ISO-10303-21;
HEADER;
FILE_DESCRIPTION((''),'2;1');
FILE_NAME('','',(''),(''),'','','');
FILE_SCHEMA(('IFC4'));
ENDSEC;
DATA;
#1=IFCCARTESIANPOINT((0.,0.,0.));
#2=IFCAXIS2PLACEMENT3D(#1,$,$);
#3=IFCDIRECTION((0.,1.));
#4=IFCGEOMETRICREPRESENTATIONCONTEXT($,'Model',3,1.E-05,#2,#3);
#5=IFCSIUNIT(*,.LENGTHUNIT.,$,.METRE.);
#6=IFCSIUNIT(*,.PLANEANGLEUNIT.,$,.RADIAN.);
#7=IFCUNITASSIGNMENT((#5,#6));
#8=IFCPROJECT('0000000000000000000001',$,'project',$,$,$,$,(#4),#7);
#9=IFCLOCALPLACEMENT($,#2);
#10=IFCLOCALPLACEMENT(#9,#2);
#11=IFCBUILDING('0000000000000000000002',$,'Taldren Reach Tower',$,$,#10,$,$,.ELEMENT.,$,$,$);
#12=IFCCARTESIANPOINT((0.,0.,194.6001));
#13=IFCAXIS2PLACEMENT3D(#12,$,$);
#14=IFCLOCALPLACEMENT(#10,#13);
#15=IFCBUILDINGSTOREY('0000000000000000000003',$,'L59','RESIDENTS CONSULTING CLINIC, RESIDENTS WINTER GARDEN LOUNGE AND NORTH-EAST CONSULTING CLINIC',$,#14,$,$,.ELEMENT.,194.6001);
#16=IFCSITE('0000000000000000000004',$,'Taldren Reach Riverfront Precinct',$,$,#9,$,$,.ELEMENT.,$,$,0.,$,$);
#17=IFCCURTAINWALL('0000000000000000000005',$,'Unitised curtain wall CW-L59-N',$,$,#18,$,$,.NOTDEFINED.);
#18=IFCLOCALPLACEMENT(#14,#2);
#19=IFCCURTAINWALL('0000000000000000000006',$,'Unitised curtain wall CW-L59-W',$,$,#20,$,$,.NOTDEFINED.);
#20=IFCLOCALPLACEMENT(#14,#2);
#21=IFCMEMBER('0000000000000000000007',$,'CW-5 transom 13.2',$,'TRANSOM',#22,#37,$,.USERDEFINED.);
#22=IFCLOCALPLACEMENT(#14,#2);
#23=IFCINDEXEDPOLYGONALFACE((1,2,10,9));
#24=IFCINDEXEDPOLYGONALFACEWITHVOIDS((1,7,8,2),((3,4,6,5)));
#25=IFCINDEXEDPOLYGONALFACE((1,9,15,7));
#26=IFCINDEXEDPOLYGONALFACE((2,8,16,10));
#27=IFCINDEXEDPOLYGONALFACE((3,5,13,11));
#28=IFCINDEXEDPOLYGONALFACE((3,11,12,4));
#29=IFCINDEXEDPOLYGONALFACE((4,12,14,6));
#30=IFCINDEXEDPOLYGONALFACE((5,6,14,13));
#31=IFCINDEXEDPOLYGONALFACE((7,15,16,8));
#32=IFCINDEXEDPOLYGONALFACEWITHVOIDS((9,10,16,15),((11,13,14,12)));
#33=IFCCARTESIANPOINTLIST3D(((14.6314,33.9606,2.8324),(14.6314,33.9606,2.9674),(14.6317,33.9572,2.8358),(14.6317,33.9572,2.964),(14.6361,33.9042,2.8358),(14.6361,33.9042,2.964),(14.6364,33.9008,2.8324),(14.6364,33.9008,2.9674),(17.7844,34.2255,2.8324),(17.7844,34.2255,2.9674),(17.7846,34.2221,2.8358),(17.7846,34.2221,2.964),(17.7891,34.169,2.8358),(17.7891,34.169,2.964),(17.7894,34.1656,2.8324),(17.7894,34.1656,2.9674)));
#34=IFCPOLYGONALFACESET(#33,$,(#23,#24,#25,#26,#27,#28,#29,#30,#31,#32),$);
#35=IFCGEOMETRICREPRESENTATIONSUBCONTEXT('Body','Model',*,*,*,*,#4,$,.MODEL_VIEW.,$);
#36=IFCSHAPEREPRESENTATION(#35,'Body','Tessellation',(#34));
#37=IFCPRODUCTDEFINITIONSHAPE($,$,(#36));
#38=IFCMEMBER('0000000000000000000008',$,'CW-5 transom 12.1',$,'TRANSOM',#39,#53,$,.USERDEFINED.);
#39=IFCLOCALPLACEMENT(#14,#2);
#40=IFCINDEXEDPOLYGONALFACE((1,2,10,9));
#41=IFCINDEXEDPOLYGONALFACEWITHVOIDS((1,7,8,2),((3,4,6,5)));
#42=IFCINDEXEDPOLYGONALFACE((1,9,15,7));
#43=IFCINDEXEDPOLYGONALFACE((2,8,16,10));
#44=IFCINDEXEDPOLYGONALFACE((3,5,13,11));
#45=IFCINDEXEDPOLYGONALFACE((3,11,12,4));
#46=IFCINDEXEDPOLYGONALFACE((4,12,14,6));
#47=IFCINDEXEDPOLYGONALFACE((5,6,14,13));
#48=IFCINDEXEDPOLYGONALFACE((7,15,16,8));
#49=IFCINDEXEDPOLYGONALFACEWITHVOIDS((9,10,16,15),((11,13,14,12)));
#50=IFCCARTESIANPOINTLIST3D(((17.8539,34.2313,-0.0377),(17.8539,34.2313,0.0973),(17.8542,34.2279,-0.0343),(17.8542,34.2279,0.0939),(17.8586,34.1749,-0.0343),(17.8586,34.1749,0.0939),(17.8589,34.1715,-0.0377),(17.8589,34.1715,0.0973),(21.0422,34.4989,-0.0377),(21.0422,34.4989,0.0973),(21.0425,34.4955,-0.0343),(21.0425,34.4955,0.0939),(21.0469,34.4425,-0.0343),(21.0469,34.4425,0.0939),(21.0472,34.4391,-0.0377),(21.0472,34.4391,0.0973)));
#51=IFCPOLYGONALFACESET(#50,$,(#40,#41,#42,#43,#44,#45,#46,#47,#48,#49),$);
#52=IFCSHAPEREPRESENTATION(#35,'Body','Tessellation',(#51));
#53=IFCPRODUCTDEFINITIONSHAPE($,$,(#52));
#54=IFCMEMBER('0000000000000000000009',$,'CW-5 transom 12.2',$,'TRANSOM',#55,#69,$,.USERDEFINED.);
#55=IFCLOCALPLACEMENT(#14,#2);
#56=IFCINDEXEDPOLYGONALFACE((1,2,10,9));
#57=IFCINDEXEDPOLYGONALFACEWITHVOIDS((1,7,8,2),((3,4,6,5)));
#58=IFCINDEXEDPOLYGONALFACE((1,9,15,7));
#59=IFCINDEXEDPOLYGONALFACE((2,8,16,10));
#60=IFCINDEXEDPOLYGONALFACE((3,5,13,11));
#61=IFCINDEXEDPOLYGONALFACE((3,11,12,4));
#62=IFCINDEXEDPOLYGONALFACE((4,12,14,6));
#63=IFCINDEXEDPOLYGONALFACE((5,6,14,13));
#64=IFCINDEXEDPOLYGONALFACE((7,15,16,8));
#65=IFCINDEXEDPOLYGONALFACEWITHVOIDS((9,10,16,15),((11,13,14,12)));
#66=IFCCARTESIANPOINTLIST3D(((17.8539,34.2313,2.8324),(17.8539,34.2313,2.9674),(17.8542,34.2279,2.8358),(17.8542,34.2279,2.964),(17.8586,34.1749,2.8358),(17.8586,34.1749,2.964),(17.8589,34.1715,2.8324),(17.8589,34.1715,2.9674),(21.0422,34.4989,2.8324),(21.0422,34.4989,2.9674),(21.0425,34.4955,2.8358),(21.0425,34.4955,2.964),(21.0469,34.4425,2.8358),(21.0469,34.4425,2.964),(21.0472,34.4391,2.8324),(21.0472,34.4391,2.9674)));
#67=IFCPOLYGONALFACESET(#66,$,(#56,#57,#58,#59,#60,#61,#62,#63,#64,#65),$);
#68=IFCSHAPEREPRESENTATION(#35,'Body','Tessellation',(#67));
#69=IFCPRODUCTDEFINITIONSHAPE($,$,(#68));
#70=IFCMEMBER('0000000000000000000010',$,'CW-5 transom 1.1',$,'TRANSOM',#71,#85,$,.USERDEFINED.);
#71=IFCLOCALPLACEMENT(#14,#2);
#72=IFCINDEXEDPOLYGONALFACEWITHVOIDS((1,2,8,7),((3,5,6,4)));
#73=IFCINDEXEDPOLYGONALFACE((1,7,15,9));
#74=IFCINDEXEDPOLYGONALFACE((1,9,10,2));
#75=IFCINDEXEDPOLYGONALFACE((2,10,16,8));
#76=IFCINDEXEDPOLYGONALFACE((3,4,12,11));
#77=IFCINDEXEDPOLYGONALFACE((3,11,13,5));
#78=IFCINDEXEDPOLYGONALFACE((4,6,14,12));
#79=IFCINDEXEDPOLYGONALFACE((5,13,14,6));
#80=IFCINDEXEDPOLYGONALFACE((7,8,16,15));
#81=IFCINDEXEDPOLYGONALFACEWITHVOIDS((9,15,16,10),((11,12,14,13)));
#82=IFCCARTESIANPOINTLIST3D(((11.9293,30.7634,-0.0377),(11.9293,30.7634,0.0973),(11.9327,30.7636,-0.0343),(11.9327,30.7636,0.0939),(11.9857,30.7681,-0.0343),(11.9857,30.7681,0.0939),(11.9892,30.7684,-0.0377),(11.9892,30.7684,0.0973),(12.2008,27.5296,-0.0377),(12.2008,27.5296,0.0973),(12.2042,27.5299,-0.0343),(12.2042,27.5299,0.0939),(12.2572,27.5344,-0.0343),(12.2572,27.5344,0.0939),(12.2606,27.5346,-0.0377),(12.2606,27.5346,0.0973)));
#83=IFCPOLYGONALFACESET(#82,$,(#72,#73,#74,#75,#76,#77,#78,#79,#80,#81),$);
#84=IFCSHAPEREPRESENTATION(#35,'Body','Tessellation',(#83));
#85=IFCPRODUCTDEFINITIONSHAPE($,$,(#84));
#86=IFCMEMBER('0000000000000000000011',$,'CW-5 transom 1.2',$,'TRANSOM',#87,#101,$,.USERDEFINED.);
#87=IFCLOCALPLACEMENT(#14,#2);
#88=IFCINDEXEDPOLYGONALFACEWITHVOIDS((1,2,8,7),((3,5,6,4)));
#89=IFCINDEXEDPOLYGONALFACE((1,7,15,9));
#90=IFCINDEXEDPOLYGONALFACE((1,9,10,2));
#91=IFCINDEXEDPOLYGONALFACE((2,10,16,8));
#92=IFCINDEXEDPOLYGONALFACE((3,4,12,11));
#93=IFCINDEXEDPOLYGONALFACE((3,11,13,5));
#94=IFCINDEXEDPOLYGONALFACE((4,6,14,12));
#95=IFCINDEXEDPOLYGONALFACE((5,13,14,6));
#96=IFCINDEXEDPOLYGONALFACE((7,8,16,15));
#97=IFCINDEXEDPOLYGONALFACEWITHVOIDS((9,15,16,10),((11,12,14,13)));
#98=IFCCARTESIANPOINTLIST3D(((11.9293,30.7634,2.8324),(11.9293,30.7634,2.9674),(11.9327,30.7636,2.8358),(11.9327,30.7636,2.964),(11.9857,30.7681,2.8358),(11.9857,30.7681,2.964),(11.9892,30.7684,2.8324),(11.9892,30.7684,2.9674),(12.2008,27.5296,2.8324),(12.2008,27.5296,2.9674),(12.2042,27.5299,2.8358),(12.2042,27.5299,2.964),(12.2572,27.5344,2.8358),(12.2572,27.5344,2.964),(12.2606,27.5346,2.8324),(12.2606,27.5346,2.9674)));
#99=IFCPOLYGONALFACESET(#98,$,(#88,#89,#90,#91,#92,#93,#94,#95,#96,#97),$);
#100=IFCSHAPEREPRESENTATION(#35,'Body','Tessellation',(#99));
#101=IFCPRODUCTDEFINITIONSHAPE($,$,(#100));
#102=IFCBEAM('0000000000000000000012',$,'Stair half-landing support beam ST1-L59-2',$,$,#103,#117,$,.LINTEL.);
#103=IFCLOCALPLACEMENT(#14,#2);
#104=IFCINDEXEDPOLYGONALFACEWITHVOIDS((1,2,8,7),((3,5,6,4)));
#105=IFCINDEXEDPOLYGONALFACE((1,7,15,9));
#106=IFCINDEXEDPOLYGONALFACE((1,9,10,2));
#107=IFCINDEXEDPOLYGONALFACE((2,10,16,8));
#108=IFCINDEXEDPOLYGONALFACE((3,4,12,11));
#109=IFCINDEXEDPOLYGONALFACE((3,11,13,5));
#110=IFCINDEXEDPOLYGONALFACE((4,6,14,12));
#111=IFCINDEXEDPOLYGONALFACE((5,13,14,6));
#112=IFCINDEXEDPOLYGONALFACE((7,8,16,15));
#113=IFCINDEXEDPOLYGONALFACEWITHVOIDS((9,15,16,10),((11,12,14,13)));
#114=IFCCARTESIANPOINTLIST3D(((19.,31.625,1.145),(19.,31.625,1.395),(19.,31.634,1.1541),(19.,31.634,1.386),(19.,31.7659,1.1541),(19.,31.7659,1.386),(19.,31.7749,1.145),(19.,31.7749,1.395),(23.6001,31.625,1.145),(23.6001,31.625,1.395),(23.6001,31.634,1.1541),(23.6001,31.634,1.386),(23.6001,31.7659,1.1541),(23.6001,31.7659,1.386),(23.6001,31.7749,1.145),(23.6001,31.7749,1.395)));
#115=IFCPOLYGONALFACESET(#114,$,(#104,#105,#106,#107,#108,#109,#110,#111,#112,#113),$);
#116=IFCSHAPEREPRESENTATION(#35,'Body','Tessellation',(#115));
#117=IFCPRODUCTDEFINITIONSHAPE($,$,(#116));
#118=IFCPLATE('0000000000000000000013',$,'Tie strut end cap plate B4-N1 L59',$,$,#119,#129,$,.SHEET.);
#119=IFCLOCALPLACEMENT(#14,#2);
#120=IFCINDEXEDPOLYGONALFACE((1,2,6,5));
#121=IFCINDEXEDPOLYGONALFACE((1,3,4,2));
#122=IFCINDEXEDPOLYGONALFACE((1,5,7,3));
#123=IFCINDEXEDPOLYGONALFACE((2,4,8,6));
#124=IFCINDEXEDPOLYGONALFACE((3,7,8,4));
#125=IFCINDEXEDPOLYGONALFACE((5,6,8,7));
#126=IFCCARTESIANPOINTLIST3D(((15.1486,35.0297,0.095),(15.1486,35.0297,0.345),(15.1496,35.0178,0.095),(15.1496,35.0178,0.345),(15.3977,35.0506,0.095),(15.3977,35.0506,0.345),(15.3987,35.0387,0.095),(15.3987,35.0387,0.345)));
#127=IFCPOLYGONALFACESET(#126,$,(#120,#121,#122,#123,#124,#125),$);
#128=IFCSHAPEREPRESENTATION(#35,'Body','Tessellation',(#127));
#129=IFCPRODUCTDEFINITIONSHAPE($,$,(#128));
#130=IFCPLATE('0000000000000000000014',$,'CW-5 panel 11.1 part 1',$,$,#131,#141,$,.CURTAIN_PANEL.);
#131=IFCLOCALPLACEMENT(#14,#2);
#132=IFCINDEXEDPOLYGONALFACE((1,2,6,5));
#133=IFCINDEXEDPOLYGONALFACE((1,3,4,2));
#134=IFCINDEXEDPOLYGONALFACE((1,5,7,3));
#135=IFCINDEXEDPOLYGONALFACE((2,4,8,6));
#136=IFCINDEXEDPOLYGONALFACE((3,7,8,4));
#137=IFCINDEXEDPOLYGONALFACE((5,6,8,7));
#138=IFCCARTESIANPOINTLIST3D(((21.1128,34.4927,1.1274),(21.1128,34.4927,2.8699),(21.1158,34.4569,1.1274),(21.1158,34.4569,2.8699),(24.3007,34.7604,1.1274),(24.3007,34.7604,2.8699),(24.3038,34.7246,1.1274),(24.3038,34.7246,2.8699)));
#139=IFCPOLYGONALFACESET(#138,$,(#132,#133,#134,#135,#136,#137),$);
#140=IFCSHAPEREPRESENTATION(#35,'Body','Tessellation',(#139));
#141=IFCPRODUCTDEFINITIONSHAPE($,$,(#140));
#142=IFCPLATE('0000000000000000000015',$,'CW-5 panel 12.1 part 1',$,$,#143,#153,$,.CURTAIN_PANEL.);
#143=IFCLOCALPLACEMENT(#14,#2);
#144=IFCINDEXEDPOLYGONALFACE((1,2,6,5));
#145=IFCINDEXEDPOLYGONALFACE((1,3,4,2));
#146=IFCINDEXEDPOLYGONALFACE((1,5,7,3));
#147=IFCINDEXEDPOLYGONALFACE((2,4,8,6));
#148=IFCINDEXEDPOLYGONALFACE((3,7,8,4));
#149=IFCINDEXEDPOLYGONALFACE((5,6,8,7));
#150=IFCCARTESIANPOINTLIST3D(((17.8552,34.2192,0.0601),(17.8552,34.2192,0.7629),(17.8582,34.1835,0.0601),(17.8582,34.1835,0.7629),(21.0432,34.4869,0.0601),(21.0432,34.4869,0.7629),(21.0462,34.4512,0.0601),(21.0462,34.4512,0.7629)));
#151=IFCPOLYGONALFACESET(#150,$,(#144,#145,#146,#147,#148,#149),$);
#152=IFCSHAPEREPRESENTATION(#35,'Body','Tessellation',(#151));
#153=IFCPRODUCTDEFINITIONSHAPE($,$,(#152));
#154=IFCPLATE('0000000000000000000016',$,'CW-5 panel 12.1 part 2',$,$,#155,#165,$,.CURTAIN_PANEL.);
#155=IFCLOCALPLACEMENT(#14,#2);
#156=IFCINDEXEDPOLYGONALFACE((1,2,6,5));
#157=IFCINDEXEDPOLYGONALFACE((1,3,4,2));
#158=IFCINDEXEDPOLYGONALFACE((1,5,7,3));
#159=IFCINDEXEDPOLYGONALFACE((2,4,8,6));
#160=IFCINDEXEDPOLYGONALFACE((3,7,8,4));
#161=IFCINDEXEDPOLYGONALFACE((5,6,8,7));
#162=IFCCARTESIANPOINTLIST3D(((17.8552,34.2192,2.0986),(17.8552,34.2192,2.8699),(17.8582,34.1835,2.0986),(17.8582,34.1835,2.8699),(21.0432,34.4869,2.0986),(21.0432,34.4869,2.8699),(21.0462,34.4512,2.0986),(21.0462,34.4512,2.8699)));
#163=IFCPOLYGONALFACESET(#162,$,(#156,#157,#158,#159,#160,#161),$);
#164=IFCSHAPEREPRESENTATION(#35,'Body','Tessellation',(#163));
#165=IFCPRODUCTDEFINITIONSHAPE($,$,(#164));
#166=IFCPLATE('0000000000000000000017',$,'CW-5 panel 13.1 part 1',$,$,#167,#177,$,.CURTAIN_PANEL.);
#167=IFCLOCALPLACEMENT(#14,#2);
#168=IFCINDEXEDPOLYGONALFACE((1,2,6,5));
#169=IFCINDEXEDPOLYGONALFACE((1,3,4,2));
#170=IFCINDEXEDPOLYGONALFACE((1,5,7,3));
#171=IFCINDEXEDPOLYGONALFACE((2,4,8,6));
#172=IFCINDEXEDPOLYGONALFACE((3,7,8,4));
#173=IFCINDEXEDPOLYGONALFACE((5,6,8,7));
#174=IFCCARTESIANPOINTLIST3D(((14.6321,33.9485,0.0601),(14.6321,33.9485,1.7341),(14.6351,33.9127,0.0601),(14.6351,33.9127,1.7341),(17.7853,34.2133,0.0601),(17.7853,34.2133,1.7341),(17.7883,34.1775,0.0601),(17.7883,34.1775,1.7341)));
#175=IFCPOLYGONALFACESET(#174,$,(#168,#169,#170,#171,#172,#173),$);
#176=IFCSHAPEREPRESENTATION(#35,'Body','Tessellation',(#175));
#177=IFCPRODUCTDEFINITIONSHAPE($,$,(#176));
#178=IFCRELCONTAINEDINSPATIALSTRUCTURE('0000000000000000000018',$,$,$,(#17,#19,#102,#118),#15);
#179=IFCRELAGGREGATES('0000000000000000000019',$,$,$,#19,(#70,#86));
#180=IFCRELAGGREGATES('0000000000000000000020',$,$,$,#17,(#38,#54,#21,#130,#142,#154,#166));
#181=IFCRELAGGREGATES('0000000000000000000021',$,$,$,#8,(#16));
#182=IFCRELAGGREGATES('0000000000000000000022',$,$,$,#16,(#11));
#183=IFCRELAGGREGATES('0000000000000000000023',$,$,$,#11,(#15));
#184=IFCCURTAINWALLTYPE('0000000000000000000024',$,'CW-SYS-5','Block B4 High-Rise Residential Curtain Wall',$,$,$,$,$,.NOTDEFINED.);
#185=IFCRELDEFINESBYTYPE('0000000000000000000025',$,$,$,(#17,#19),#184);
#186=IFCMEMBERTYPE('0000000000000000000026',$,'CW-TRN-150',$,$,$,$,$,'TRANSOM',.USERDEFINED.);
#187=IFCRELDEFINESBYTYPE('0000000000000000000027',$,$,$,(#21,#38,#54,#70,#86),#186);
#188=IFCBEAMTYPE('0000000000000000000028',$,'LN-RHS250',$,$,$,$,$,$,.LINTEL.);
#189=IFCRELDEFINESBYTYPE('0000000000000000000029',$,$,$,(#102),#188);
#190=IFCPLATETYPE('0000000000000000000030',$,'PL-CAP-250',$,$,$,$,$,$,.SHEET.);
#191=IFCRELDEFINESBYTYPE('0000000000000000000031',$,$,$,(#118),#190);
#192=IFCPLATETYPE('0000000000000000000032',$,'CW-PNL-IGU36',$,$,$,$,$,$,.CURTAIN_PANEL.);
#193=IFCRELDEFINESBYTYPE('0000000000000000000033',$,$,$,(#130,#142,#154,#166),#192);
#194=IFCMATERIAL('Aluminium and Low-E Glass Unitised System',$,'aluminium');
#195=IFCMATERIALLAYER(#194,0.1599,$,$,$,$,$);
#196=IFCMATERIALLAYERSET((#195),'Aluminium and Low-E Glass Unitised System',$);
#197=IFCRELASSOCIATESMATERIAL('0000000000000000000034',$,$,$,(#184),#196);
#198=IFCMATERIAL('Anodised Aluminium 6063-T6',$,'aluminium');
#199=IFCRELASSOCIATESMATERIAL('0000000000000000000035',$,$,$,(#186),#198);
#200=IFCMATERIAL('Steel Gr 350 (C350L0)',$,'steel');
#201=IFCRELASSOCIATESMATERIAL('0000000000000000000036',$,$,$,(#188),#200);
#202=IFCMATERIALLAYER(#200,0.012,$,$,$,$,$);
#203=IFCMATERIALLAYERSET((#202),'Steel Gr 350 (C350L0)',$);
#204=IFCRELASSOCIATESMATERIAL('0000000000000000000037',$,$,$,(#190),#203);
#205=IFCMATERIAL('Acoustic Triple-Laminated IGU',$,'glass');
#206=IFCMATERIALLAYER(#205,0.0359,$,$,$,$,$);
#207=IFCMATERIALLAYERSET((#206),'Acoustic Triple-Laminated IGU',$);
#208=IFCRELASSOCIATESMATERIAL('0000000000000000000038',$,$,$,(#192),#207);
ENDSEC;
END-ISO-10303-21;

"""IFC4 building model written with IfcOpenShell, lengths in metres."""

from ifc_helpers import new_model, si_unit, direction, frame, origin, origin_2d, place, context, subcontext, project, spatial, rectangle, hollow_rectangle, extrude, source, transform, mapped, material, layer, layer_set, material_profile, profile_set, type_object, element, aggregate, save


model = new_model("IFC4")

# Units and contexts
model_context = context("Model", 3, precision=1e-05, world=origin(), true_north=direction((0.0, 1.0)))
body_context = subcontext(model_context, "Body", "Model", "MODEL_VIEW")
ifc_project = project(units=[si_unit("LENGTHUNIT", "METRE"), si_unit("PLANEANGLEUNIT", "RADIAN")], contexts=[model_context])

# Site, building, storey
site_placement = place(None, origin())
site = spatial("IfcSite", under=ifc_project, at=site_placement, Name="Taldren Reach Riverfront Precinct", CompositionType="ELEMENT", RefElevation=0.0)
building_placement = place(site_placement, origin())
building = spatial("IfcBuilding", under=site, at=building_placement, Name="Taldren Reach Tower", CompositionType="ELEMENT")
storey_placement = place(building_placement, frame((0.0, 0.0, 194.6001)))
storey = spatial("IfcBuildingStorey", under=building, at=storey_placement, Name="L59", Description="RESIDENTS CONSULTING CLINIC, RESIDENTS WINTER GARDEN LOUNGE AND NORTH-EAST CONSULTING CLINIC", CompositionType="ELEMENT", Elevation=194.6001)

# Shared definitions
ifc_material_1 = material(Name="Steel Gr 350 (C350L0)", Category="steel")

# Curtain wall
ifc_material_2 = material(Name="Aluminium and Low-E Glass Unitised System", Category="aluminium")
ifc_layer_1 = layer(ifc_material_2, 0.1599)
ifc_layer_set_1 = layer_set([ifc_layer_1], Name="Aluminium and Low-E Glass Unitised System")
curtain_wall_type = type_object("IfcCurtainWallType", Name="CW-SYS-5", Description="Block B4 High-Rise Residential Curtain Wall", PredefinedType="NOTDEFINED", material=ifc_layer_set_1)
curtain_wall_1_placement = place(storey_placement, origin())
curtain_wall_1 = element("IfcCurtainWall", 1, at=curtain_wall_1_placement, inside=storey, type_object=curtain_wall_type, Name="Unitised curtain wall CW-L59-N", PredefinedType="NOTDEFINED")
ifc_material_3 = material(Name="Anodised Aluminium 6063-T6", Category="aluminium")

# Curtain wall
curtain_wall_2_placement = place(storey_placement, origin())
curtain_wall_2 = element("IfcCurtainWall", 2, at=curtain_wall_2_placement, inside=storey, type_object=curtain_wall_type, Name="Unitised curtain wall CW-L59-W", PredefinedType="NOTDEFINED")

# Members
ifc_material_profile_1 = material_profile(ifc_material_3, hollow_rectangle(XDim=0.0601, YDim=0.135, WallThickness=0.0034, at=origin_2d()), Name="ALU-135x60x3.5RHS")
ifc_profile_set_1 = profile_set([ifc_material_profile_1], Name="Anodised Aluminium 6063-T6")
member_type_1 = type_object("IfcMemberType", Name="CW-TRN-150", ElementType="TRANSOM", PredefinedType="USERDEFINED", material=ifc_profile_set_1)
shared_shape_1 = source(origin(), body_context, "Body", "SweptSolid", [
    extrude(hollow_rectangle(XDim=0.0601, YDim=0.135, WallThickness=0.0034, at=origin_2d()), origin(), (0.0, 0.0, 1.0), 3.1641),
])
member_1_placement = place(storey_placement, frame((17.7869, 34.1956, 2.8999), z_axis=(-0.99649, -0.083716, 0.0), x_axis=(0.083716, -0.99649, 0.0)))
member_1 = element("IfcMember", 3, at=member_1_placement, type_object=member_type_1, Name="CW-5 transom 13.2", ObjectType="TRANSOM", PredefinedType="USERDEFINED", context=body_context, shape_type="MappedRepresentation", body=[
    mapped(shared_shape_1, transform((0.0, 0.0, 0.0), scale=1.0)),
])
shared_shape_2 = source(origin(), body_context, "Body", "SweptSolid", [
    extrude(hollow_rectangle(XDim=0.0601, YDim=0.135, WallThickness=0.0034, at=origin_2d()), origin(), (0.0, 0.0, 1.0), 3.1995),
])
member_2_placement = place(storey_placement, frame((21.0447, 34.469, 0.0298), z_axis=(-0.996497, -0.083633, 0.0), x_axis=(0.083633, -0.996497, 0.0)))
member_2 = element("IfcMember", 4, at=member_2_placement, type_object=member_type_1, Name="CW-5 transom 12.1", ObjectType="TRANSOM", PredefinedType="USERDEFINED", context=body_context, shape_type="MappedRepresentation", body=[
    mapped(shared_shape_2, transform((0.0, 0.0, 0.0), scale=1.0)),
])
member_3_placement = place(storey_placement, frame((21.0447, 34.469, 2.8999), z_axis=(-0.996497, -0.083633, 0.0), x_axis=(0.083633, -0.996497, 0.0)))
member_3 = element("IfcMember", 5, at=member_3_placement, type_object=member_type_1, Name="CW-5 transom 12.2", ObjectType="TRANSOM", PredefinedType="USERDEFINED", context=body_context, shape_type="MappedRepresentation", body=[
    mapped(shared_shape_2, transform((0.0, 0.0, 0.0), scale=1.0)),
])
shared_shape_3 = source(origin(), body_context, "Body", "SweptSolid", [
    extrude(hollow_rectangle(XDim=0.0601, YDim=0.135, WallThickness=0.0034, at=origin_2d()), origin(), (0.0, 0.0, 1.0), 3.2451),
])
member_4_placement = place(storey_placement, frame((11.9592, 30.7659, 0.0298), z_axis=(0.083662, -0.996494, 0.0), x_axis=(0.996494, 0.083662, 0.0)))
member_4 = element("IfcMember", 6, at=member_4_placement, type_object=member_type_1, Name="CW-5 transom 1.1", ObjectType="TRANSOM", PredefinedType="USERDEFINED", context=body_context, shape_type="MappedRepresentation", body=[
    mapped(shared_shape_3, transform((0.0, 0.0, 0.0), scale=1.0)),
])
member_5_placement = place(storey_placement, frame((11.9592, 30.7659, 2.8999), z_axis=(0.083662, -0.996494, 0.0), x_axis=(0.996494, 0.083662, 0.0)))
member_5 = element("IfcMember", 7, at=member_5_placement, type_object=member_type_1, Name="CW-5 transom 1.2", ObjectType="TRANSOM", PredefinedType="USERDEFINED", context=body_context, shape_type="MappedRepresentation", body=[
    mapped(shared_shape_3, transform((0.0, 0.0, 0.0), scale=1.0)),
])
aggregate(curtain_wall_2, [member_4, member_5])

# Beam
ifc_material_profile_2 = material_profile(ifc_material_1, hollow_rectangle(XDim=0.1499, YDim=0.25, WallThickness=0.009, at=origin_2d()), Name="250x150x9.0RHS")
ifc_profile_set_2 = profile_set([ifc_material_profile_2], Name="Steel Gr 350 (C350L0)")
beam_type_1 = type_object("IfcBeamType", Name="LN-RHS250", PredefinedType="LINTEL", material=ifc_profile_set_2)
shared_shape_4 = source(origin(), body_context, "Body", "SweptSolid", [
    extrude(hollow_rectangle(XDim=0.1499, YDim=0.25, WallThickness=0.009, at=origin_2d()), origin(), (0.0, 0.0, 1.0), 4.6001),
])
beam_1_placement = place(storey_placement, frame((19.0, 31.7, 1.27), z_axis=(1.0, 0.0, 0.0), x_axis=(0.0, 1.0, 0.0)))
element("IfcBeam", 8, at=beam_1_placement, inside=storey, type_object=beam_type_1, Name="Stair half-landing support beam ST1-L59-2", PredefinedType="LINTEL", context=body_context, shape_type="MappedRepresentation", body=[
    mapped(shared_shape_4, transform((0.0, 0.0, 0.0), scale=1.0)),
])

# Plates
ifc_layer_2 = layer(ifc_material_1, 0.012)
ifc_layer_set_2 = layer_set([ifc_layer_2], Name="Steel Gr 350 (C350L0)")
plate_type_1 = type_object("IfcPlateType", Name="PL-CAP-250", PredefinedType="SHEET", material=ifc_layer_set_2)
shared_shape_5 = source(origin(), body_context, "Body", "SweptSolid", [
    extrude(rectangle(XDim=0.25, YDim=0.012, at=origin_2d()), origin(), (0.0, 0.0, 1.0), 0.25),
])
plate_1_placement = place(storey_placement, frame((15.2737, 35.0342, 0.095), z_axis=(0.0, 0.0, 1.0), x_axis=(0.996493, 0.083678, 0.0)))
element("IfcPlate", 9, at=plate_1_placement, inside=storey, type_object=plate_type_1, Name="Tie strut end cap plate B4-N1 L59", PredefinedType="SHEET", context=body_context, shape_type="MappedRepresentation", body=[
    mapped(shared_shape_5, transform((0.0, 0.0, 0.0), scale=1.0)),
])
ifc_material_4 = material(Name="Acoustic Triple-Laminated IGU", Category="glass")
ifc_layer_3 = layer(ifc_material_4, 0.0359)
ifc_layer_set_3 = layer_set([ifc_layer_3], Name="Acoustic Triple-Laminated IGU")
plate_type_2 = type_object("IfcPlateType", Name="CW-PNL-IGU36", PredefinedType="CURTAIN_PANEL", material=ifc_layer_set_3)
shared_shape_6 = source(origin(), body_context, "Body", "SweptSolid", [
    extrude(rectangle(XDim=3.1992, YDim=0.0359, at=origin_2d()), origin(), (0.0, 0.0, 1.0), 1.7424),
])
plate_2_placement = place(storey_placement, frame((22.7083, 34.6086, 1.1274), z_axis=(0.0, 0.0, 1.0), x_axis=(-0.996493, -0.083678, 0.0)))
plate_2 = element("IfcPlate", 10, at=plate_2_placement, type_object=plate_type_2, Name="CW-5 panel 11.1 part 1", PredefinedType="CURTAIN_PANEL", context=body_context, shape_type="MappedRepresentation", body=[
    mapped(shared_shape_6, transform((0.0, 0.0, 0.0), scale=1.0)),
])
shared_shape_7 = source(origin(), body_context, "Body", "SweptSolid", [
    extrude(rectangle(XDim=3.1992, YDim=0.0359, at=origin_2d()), origin(), (0.0, 0.0, 1.0), 0.7029),
])
plate_3_placement = place(storey_placement, frame((19.4507, 34.3352, 0.0601), z_axis=(0.0, 0.0, 1.0), x_axis=(-0.996493, -0.083678, 0.0)))
plate_3 = element("IfcPlate", 11, at=plate_3_placement, type_object=plate_type_2, Name="CW-5 panel 12.1 part 1", PredefinedType="CURTAIN_PANEL", context=body_context, shape_type="MappedRepresentation", body=[
    mapped(shared_shape_7, transform((0.0, 0.0, 0.0), scale=1.0)),
])
shared_shape_8 = source(origin(), body_context, "Body", "SweptSolid", [
    extrude(rectangle(XDim=3.1992, YDim=0.0359, at=origin_2d()), origin(), (0.0, 0.0, 1.0), 0.7712),
])
plate_4_placement = place(storey_placement, frame((19.4507, 34.3352, 2.0986), z_axis=(0.0, 0.0, 1.0), x_axis=(-0.996493, -0.083678, 0.0)))
plate_4 = element("IfcPlate", 12, at=plate_4_placement, type_object=plate_type_2, Name="CW-5 panel 12.1 part 2", PredefinedType="CURTAIN_PANEL", context=body_context, shape_type="MappedRepresentation", body=[
    mapped(shared_shape_8, transform((0.0, 0.0, 0.0), scale=1.0)),
])
shared_shape_9 = source(origin(), body_context, "Body", "SweptSolid", [
    extrude(rectangle(XDim=3.1643, YDim=0.0359, at=origin_2d()), origin(), (0.0, 0.0, 1.0), 1.6741),
])
plate_5_placement = place(storey_placement, frame((16.2102, 34.063, 0.0601), z_axis=(0.0, 0.0, 1.0), x_axis=(-0.996493, -0.083678, 0.0)))
plate_5 = element("IfcPlate", 13, at=plate_5_placement, type_object=plate_type_2, Name="CW-5 panel 13.1 part 1", PredefinedType="CURTAIN_PANEL", context=body_context, shape_type="MappedRepresentation", body=[
    mapped(shared_shape_9, transform((0.0, 0.0, 0.0), scale=1.0)),
])
aggregate(curtain_wall_1, [member_2, member_3, member_1, plate_2, plate_3, plate_4, plate_5])

save(model, "model.ifc")
